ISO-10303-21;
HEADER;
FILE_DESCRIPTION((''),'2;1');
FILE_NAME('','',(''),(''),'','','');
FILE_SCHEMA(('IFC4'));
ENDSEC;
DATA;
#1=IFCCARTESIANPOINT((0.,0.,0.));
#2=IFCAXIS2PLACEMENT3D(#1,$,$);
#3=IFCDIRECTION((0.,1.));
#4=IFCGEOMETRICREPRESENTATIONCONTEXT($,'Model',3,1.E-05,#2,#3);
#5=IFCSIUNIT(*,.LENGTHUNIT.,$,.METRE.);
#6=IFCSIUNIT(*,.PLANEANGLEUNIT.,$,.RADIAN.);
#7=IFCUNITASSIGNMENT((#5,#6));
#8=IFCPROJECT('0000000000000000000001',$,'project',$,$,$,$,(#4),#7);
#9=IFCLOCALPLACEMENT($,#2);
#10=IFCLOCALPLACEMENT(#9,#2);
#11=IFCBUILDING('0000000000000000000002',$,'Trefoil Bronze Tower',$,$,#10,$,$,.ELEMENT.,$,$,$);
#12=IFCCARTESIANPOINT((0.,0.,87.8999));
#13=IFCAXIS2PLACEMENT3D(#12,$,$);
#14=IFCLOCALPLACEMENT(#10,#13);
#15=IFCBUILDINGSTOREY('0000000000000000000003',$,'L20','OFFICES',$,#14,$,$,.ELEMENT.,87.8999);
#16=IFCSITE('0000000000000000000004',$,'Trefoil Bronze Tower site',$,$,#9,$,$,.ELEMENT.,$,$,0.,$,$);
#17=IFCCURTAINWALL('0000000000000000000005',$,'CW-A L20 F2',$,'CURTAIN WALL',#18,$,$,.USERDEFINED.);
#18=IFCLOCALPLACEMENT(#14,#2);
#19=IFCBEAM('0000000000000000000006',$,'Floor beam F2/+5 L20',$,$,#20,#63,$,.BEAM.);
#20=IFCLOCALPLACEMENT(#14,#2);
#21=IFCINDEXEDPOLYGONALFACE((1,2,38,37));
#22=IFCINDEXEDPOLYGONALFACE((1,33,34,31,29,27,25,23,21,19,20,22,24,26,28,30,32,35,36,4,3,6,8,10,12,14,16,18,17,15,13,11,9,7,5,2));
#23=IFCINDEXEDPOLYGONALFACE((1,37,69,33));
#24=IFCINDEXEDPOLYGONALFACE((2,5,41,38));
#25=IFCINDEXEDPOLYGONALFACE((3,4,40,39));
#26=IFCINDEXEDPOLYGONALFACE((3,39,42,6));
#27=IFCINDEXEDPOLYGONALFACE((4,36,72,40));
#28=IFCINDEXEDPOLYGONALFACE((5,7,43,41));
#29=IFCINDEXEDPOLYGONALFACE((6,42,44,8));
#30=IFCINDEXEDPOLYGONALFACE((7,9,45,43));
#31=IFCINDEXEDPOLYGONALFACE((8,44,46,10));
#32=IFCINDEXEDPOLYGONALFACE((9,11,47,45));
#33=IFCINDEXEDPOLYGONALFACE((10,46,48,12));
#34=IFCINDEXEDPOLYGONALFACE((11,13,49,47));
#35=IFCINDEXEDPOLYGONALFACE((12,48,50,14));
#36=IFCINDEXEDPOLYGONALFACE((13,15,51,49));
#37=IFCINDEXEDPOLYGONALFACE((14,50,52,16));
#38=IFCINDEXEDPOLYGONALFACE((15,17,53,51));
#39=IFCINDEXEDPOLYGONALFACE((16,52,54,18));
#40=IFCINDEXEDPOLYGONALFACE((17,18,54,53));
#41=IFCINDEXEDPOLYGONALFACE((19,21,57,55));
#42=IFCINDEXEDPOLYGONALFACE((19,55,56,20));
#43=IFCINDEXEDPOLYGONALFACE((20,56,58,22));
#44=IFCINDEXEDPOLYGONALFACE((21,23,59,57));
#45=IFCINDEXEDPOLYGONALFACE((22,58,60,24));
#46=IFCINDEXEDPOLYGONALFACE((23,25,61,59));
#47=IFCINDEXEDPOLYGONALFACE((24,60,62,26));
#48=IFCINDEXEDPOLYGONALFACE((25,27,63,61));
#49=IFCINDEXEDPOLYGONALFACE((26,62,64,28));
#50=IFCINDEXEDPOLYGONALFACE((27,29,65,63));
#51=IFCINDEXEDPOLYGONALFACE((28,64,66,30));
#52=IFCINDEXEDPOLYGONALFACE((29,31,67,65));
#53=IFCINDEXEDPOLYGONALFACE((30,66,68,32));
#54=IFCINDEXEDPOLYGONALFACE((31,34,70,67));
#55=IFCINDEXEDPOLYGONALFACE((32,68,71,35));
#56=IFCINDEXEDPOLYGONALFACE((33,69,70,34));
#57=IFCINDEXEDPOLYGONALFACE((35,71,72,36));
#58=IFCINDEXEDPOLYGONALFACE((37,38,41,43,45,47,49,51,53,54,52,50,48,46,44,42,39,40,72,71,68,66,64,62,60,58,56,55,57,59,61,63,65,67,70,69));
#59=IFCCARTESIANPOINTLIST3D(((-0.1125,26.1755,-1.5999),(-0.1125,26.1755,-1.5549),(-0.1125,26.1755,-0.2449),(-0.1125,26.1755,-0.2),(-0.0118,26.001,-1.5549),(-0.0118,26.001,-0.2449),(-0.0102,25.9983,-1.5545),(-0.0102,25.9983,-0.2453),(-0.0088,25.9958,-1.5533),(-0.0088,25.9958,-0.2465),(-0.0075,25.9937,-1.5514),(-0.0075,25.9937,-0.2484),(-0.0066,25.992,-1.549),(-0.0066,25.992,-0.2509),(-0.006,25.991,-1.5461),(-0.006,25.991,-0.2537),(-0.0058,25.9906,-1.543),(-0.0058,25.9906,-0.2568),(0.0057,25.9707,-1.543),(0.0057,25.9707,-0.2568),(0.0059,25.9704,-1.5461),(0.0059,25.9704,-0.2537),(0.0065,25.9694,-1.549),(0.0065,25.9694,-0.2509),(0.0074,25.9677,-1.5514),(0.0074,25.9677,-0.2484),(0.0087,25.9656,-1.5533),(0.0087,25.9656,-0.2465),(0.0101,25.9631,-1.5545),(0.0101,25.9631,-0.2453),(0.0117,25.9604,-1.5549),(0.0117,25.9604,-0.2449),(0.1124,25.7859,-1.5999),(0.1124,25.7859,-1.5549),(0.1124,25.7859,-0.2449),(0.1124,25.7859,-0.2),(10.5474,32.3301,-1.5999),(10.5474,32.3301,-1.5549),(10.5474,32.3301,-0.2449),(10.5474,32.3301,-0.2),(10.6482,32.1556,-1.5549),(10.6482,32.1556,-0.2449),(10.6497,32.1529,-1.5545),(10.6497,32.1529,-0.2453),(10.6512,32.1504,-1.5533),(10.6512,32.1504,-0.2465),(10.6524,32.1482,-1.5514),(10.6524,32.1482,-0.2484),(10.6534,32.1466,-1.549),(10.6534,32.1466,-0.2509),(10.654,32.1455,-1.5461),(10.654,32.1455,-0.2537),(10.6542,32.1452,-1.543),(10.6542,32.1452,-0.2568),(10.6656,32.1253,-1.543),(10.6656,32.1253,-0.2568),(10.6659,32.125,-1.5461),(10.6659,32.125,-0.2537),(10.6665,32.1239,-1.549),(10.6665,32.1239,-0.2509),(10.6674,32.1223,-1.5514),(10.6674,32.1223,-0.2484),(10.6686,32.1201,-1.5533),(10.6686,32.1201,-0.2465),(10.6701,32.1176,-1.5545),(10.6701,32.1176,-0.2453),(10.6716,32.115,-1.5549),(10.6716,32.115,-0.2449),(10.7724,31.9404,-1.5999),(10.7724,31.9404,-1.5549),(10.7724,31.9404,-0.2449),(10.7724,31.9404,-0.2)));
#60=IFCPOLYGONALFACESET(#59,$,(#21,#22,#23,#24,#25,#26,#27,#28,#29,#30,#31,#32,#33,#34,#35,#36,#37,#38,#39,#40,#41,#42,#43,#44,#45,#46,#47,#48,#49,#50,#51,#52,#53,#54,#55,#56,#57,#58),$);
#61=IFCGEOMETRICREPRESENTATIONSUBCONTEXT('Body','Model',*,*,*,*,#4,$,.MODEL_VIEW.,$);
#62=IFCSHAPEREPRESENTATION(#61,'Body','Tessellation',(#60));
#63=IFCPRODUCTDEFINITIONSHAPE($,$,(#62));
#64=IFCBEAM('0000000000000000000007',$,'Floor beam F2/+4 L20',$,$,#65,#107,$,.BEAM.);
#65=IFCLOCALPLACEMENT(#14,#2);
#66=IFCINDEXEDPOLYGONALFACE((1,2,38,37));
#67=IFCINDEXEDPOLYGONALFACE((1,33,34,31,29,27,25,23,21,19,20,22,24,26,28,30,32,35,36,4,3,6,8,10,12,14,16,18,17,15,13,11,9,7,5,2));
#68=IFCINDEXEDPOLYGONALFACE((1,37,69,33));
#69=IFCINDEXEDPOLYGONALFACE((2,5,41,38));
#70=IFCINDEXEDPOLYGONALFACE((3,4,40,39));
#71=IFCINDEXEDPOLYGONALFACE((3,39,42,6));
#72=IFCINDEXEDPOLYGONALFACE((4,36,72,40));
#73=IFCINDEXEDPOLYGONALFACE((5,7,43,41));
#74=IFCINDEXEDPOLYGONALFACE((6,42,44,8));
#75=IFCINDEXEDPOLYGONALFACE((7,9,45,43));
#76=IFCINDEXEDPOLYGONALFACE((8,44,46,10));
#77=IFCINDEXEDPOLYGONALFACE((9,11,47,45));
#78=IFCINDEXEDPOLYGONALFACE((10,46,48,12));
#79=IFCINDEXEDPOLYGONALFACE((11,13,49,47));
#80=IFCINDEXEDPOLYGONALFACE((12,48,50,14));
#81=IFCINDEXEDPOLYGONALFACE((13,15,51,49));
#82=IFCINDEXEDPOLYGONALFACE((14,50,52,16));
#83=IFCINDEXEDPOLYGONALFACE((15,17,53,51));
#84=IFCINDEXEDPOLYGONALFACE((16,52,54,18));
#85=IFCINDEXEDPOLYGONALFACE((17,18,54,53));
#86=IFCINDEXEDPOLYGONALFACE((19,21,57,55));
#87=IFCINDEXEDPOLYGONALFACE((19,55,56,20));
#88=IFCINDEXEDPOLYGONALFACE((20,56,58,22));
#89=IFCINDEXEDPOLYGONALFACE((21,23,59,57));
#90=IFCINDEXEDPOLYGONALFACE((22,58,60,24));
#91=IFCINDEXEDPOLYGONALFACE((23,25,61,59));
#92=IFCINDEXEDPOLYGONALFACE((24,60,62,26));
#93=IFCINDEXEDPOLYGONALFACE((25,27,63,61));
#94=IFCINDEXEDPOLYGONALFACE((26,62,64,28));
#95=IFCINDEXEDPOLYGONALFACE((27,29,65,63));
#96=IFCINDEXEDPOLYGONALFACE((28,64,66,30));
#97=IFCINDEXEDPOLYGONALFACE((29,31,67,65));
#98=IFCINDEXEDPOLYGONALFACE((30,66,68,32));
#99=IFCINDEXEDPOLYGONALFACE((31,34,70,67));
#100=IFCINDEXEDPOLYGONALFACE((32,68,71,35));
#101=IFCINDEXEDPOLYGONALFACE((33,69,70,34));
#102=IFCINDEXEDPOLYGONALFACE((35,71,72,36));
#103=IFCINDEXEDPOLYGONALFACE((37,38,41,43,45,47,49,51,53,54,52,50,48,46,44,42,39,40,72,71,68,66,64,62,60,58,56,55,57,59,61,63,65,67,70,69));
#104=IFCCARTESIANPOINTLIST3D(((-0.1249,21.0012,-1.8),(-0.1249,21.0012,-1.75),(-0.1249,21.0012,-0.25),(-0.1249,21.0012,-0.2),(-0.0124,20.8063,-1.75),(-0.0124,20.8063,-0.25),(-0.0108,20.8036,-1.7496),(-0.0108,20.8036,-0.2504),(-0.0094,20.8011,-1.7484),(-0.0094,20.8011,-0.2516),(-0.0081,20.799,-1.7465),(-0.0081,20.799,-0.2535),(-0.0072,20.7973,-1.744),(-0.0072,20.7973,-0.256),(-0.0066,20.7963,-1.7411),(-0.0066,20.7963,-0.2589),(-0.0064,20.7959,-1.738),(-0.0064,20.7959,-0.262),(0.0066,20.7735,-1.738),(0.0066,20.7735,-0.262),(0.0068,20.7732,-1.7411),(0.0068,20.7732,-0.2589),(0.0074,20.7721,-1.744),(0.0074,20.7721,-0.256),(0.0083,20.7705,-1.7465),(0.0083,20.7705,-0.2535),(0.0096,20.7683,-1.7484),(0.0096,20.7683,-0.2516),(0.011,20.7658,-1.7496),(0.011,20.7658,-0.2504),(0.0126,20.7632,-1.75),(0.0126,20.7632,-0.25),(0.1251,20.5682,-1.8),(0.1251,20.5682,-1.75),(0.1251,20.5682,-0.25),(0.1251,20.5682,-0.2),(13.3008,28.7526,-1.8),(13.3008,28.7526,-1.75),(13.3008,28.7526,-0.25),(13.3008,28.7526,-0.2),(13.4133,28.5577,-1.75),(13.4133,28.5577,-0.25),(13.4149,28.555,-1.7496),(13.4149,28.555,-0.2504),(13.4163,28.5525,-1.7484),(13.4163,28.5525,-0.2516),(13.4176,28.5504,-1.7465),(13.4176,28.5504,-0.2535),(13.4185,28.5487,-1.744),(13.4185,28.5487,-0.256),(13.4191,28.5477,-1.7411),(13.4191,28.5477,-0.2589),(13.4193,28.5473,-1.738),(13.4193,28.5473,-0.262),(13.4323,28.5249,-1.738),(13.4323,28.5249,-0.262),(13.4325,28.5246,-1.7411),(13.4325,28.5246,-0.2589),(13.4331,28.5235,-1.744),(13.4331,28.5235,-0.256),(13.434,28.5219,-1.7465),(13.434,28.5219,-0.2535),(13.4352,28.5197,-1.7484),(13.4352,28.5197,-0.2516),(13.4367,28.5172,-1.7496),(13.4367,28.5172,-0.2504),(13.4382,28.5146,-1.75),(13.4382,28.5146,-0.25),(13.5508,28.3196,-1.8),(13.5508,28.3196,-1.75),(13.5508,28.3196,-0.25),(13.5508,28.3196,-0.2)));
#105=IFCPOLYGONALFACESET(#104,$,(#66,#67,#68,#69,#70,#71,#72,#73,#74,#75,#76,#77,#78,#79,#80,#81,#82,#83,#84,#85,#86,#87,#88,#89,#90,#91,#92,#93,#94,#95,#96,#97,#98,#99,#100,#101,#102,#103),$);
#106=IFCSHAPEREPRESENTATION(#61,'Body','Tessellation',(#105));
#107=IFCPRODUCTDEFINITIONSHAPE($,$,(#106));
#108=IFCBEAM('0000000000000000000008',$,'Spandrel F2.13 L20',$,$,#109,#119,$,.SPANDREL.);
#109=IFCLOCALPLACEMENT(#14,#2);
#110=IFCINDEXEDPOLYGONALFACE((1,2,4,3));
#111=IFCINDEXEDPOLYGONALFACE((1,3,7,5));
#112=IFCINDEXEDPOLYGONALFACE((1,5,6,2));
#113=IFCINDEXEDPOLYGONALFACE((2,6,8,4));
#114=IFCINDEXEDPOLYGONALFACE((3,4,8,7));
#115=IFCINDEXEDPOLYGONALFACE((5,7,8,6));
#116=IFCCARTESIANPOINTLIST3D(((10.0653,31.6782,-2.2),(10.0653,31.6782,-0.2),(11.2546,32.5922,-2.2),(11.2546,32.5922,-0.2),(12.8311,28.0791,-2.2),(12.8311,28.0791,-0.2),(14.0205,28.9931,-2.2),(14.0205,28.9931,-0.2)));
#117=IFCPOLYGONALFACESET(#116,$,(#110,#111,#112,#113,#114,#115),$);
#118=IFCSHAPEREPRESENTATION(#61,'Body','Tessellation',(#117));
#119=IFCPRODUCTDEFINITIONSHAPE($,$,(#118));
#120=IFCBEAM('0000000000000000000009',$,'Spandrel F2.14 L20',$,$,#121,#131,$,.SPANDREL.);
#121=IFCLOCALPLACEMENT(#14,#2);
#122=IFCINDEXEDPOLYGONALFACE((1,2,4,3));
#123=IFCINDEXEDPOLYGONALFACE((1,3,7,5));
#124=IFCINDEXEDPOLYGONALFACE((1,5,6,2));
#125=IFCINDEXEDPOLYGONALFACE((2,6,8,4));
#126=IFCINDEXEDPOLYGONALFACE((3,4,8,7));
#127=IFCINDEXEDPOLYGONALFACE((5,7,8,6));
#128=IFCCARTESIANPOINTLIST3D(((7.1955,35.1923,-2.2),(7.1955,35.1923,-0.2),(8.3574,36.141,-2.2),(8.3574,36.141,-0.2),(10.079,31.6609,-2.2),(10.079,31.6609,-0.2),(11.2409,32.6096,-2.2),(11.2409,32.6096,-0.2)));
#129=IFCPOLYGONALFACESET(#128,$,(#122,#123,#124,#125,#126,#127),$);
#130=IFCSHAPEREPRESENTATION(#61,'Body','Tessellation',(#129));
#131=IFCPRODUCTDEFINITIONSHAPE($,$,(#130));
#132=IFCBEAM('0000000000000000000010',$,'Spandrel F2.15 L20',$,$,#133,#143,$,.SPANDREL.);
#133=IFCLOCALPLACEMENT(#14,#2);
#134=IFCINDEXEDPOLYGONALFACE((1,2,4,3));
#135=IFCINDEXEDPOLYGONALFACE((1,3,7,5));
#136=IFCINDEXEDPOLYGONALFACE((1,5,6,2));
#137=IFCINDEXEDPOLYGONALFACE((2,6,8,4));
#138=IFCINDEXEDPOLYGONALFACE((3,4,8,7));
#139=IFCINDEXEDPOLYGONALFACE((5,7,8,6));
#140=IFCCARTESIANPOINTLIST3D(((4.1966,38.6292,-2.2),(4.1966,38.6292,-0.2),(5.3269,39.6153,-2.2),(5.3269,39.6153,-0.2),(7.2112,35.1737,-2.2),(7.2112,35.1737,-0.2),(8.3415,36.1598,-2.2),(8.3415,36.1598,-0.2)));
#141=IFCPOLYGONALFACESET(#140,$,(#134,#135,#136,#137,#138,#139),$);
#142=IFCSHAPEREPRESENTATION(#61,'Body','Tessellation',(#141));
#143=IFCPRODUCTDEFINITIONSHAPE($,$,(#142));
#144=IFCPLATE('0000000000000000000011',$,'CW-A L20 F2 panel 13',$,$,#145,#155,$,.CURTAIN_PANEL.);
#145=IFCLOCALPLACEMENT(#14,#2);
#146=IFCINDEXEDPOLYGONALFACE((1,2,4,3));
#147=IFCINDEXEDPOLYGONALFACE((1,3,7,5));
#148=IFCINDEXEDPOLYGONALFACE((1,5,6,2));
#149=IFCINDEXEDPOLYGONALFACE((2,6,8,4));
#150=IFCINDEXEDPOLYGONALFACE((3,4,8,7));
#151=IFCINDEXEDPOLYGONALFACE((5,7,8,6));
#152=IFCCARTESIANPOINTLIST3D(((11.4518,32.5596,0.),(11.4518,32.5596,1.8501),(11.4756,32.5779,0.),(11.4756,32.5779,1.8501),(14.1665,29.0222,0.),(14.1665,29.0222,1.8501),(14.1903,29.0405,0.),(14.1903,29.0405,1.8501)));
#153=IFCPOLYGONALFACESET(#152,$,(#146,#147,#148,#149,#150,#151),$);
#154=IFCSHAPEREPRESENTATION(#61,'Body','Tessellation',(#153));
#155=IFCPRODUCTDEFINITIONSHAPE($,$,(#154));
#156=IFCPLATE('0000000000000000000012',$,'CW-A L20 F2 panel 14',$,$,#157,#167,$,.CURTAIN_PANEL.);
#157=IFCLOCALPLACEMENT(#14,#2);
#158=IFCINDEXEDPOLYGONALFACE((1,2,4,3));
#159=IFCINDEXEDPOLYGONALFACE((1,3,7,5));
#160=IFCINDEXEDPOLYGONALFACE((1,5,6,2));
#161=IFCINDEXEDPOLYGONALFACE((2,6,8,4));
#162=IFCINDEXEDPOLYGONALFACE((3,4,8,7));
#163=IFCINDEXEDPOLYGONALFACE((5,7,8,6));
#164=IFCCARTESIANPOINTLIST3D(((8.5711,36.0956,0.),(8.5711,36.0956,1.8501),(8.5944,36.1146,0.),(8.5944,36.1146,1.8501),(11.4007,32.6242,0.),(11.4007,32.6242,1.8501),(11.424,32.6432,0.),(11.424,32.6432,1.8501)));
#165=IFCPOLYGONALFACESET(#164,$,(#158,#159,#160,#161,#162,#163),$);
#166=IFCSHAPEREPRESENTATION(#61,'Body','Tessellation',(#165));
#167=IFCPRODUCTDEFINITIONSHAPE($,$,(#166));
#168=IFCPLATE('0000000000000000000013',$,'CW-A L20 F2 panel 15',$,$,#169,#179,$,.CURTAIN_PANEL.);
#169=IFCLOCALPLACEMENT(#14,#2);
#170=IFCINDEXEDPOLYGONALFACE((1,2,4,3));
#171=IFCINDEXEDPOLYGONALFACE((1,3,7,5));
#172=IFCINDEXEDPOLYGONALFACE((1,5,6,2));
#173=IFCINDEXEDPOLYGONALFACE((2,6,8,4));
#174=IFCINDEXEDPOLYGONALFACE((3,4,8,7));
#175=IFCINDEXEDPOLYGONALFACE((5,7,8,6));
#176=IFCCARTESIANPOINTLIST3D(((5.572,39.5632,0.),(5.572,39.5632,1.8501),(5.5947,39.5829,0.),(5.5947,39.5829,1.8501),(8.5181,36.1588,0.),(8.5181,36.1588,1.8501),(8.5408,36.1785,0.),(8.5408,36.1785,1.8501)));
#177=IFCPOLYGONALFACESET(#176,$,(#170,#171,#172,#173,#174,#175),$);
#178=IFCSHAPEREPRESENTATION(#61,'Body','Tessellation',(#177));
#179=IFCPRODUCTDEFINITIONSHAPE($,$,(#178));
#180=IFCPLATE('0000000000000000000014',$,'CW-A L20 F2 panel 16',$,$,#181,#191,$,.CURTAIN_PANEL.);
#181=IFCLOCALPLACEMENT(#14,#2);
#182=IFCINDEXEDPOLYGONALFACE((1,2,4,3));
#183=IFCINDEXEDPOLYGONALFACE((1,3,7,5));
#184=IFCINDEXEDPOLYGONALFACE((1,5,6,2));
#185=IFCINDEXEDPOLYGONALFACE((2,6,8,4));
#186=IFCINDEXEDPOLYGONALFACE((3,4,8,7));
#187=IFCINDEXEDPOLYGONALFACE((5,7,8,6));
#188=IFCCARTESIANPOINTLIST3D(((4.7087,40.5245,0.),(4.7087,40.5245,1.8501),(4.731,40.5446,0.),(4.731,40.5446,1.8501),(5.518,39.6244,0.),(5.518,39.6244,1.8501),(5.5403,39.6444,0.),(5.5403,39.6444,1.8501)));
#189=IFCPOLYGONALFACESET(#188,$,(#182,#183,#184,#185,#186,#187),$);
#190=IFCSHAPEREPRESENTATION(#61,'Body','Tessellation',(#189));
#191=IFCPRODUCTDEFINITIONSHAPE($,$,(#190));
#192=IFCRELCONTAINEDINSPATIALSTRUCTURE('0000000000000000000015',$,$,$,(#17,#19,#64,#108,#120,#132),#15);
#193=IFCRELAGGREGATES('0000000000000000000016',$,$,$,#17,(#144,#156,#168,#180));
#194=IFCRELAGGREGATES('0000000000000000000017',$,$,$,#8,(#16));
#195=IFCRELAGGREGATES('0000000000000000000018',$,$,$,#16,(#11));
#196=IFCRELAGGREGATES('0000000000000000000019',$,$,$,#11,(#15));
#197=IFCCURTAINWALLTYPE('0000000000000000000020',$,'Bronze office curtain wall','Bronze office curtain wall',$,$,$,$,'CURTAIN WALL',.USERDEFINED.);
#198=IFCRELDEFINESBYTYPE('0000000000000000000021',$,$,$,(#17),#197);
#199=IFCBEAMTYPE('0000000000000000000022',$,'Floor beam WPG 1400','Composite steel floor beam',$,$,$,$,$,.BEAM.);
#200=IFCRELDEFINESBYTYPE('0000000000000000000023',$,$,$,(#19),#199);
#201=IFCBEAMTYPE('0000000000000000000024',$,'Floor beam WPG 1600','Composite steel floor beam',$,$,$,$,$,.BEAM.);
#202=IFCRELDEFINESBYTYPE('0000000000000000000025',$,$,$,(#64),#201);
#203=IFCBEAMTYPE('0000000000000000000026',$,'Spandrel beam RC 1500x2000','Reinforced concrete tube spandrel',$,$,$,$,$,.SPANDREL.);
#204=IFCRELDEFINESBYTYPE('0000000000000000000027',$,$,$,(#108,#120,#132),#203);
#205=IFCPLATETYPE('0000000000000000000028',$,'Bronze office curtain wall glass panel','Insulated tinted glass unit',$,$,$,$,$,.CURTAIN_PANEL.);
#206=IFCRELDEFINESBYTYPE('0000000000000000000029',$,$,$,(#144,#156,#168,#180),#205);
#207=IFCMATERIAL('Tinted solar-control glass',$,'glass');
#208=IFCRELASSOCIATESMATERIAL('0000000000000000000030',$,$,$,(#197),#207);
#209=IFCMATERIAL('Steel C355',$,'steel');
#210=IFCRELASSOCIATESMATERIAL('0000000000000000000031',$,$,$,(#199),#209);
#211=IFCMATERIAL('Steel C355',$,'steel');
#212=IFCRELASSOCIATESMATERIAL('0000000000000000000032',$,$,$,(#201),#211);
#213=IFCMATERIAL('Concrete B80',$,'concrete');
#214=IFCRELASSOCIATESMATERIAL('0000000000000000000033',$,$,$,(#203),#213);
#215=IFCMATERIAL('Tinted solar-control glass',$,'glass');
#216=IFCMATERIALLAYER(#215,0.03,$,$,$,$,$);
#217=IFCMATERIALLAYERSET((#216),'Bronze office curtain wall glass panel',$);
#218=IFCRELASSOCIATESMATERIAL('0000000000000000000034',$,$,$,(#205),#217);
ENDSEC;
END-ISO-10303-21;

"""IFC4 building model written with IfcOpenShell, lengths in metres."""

from ifc_helpers import new_model, si_unit, direction, frame, origin, origin_2d, place, context, subcontext, project, spatial, rectangle, i_section, extrude, material, layer, layer_set, material_profile, profile_set, type_object, element, aggregate, save


model = new_model("IFC4")

# Units and contexts
model_context = context("Model", 3, precision=1e-05, world=origin(), true_north=direction((0.0, 1.0)))
body_context = subcontext(model_context, "Body", "Model", "MODEL_VIEW")
ifc_project = project(units=[si_unit("LENGTHUNIT", "METRE"), si_unit("PLANEANGLEUNIT", "RADIAN")], contexts=[model_context])

# Site, building, storey
site_placement = place(None, origin())
site = spatial("IfcSite", under=ifc_project, at=site_placement, Name="Trefoil Bronze Tower site", CompositionType="ELEMENT", RefElevation=0.0)
building_placement = place(site_placement, origin())
building = spatial("IfcBuilding", under=site, at=building_placement, Name="Trefoil Bronze Tower", CompositionType="ELEMENT")
storey_placement = place(building_placement, frame((0.0, 0.0, 87.8999)))
storey = spatial("IfcBuildingStorey", under=building, at=storey_placement, Name="L20", Description="OFFICES", CompositionType="ELEMENT", Elevation=87.8999)

# Curtain wall
ifc_material_1 = material(Name="Tinted solar-control glass", Category="glass")
curtain_wall_type_1 = type_object("IfcCurtainWallType", Name="Bronze office curtain wall", Description="Bronze office curtain wall", ElementType="CURTAIN WALL", PredefinedType="USERDEFINED", material=ifc_material_1)
curtain_wall_1_placement = place(storey_placement, origin())
curtain_wall_1 = element("IfcCurtainWall", 1, at=curtain_wall_1_placement, inside=storey, type_object=curtain_wall_type_1, Name="CW-A L20 F2", ObjectType="CURTAIN WALL", PredefinedType="USERDEFINED")

# Beams
ifc_material_2 = material(Name="Steel C355", Category="steel")
ifc_material_profile_1 = material_profile(ifc_material_2, i_section(OverallWidth=0.45, OverallDepth=1.3999, WebThickness=0.0229, FlangeThickness=0.0449, FilletRadius=0.012, at=origin_2d()), Name="WPG 1400")
ifc_profile_set_1 = profile_set([ifc_material_profile_1], Name="Steel C355")
beam_type_1 = type_object("IfcBeamType", Name="Floor beam WPG 1400", Description="Composite steel floor beam", PredefinedType="BEAM", material=ifc_profile_set_1)
beam_1_placement = place(storey_placement, frame((10.6599, 32.1353, -0.8999), z_axis=(-0.866024, -0.500002, 0.0), x_axis=(0.500002, -0.866024, 0.0)))
element("IfcBeam", 2, at=beam_1_placement, inside=storey, type_object=beam_type_1, Name="Floor beam F2/+5 L20", PredefinedType="BEAM", context=body_context, shape_type="SweptSolid", body=[
    extrude(i_section(OverallWidth=0.45, OverallDepth=1.3999, WebThickness=0.0229, FlangeThickness=0.0449, FilletRadius=0.012, at=origin_2d()), origin(), (0.0, 0.0, 1.0), 12.3091),
])
ifc_material_3 = material(Name="Steel C355", Category="steel")
ifc_material_profile_2 = material_profile(ifc_material_3, i_section(OverallWidth=0.5, OverallDepth=1.6001, WebThickness=0.0259, FlangeThickness=0.05, FilletRadius=0.012, at=origin_2d()), Name="WPG 1600")
ifc_profile_set_2 = profile_set([ifc_material_profile_2], Name="Steel C355")
beam_type_2 = type_object("IfcBeamType", Name="Floor beam WPG 1600", Description="Composite steel floor beam", PredefinedType="BEAM", material=ifc_profile_set_2)
beam_2_placement = place(storey_placement, frame((13.4258, 28.5361, -1.0), z_axis=(-0.866023, -0.500004, 0.0), x_axis=(0.500004, -0.866023, 0.0)))
element("IfcBeam", 3, at=beam_2_placement, inside=storey, type_object=beam_type_2, Name="Floor beam F2/+4 L20", PredefinedType="BEAM", context=body_context, shape_type="SweptSolid", body=[
    extrude(i_section(OverallWidth=0.5, OverallDepth=1.6001, WebThickness=0.0259, FlangeThickness=0.05, FilletRadius=0.012, at=origin_2d()), origin(), (0.0, 0.0, 1.0), 15.5027),
])
ifc_material_4 = material(Name="Concrete B80", Category="concrete")
ifc_material_profile_3 = material_profile(ifc_material_4, rectangle(XDim=1.5, YDim=2.0, at=origin_2d()), Name="RC 1500x2000")
ifc_profile_set_3 = profile_set([ifc_material_profile_3], Name="Concrete B80")
beam_type_3 = type_object("IfcBeamType", Name="Spandrel beam RC 1500x2000", Description="Reinforced concrete tube spandrel", PredefinedType="SPANDREL", material=ifc_profile_set_3)
beam_3_placement = place(storey_placement, frame((13.4258, 28.5361, -1.2), z_axis=(-0.609339, 0.79291, 0.0), x_axis=(-0.79291, -0.609339, 0.0)))
element("IfcBeam", 4, at=beam_3_placement, inside=storey, type_object=beam_type_3, Name="Spandrel F2.13 L20", PredefinedType="SPANDREL", context=body_context, shape_type="SweptSolid", body=[
    extrude(rectangle(XDim=1.5, YDim=2.0, at=origin_2d()), origin(), (0.0, 0.0, 1.0), 4.5391),
])
beam_4_placement = place(storey_placement, frame((10.6599, 32.1353, -1.2), z_axis=(-0.632468, 0.774587, 0.0), x_axis=(-0.774587, -0.632468, 0.0)))
element("IfcBeam", 5, at=beam_4_placement, inside=storey, type_object=beam_type_3, Name="Spandrel F2.14 L20", PredefinedType="SPANDREL", context=body_context, shape_type="SweptSolid", body=[
    extrude(rectangle(XDim=1.5, YDim=2.0, at=origin_2d()), origin(), (0.0, 0.0, 1.0), 4.5591),
])
beam_5_placement = place(storey_placement, frame((7.7764, 35.6667, -1.2), z_axis=(-0.657396, 0.753545, 0.0), x_axis=(-0.753545, -0.657396, 0.0)))
element("IfcBeam", 6, at=beam_5_placement, inside=storey, type_object=beam_type_3, Name="Spandrel F2.15 L20", PredefinedType="SPANDREL", context=body_context, shape_type="SweptSolid", body=[
    extrude(rectangle(XDim=1.5, YDim=2.0, at=origin_2d()), origin(), (0.0, 0.0, 1.0), 4.5857),
])

# Plates
ifc_material_5 = material(Name="Tinted solar-control glass", Category="glass")
ifc_layer_1 = layer(ifc_material_5, 0.03)
ifc_layer_set_1 = layer_set([ifc_layer_1], Name="Bronze office curtain wall glass panel")
plate_type_1 = type_object("IfcPlateType", Name="Bronze office curtain wall glass panel", Description="Insulated tinted glass unit", PredefinedType="CURTAIN_PANEL", material=ifc_layer_set_1)
plate_1_placement = place(storey_placement, frame((12.821, 30.8, 0.0), z_axis=(0.0, 0.0, 1.0), x_axis=(-0.608808, 0.793318, 0.0)))
plate_1 = element("IfcPlate", 7, at=plate_1_placement, type_object=plate_type_1, Name="CW-A L20 F2 panel 13", PredefinedType="CURTAIN_PANEL", context=body_context, shape_type="SweptSolid", body=[
    extrude(rectangle(XDim=4.459, YDim=0.03, at=origin_2d()), origin(), (0.0, 0.0, 1.0), 1.8501),
])
plate_2_placement = place(storey_placement, frame((9.9976, 34.3694, 0.0), z_axis=(0.0, 0.0, 1.0), x_axis=(-0.631811, 0.775123, 0.0)))
plate_2 = element("IfcPlate", 8, at=plate_2_placement, type_object=plate_type_1, Name="CW-A L20 F2 panel 14", PredefinedType="CURTAIN_PANEL", context=body_context, shape_type="SweptSolid", body=[
    extrude(rectangle(XDim=4.4785, YDim=0.03, at=origin_2d()), origin(), (0.0, 0.0, 1.0), 1.8501),
])
plate_3_placement = place(storey_placement, frame((7.0564, 37.8708, 0.0), z_axis=(0.0, 0.0, 1.0), x_axis=(-0.654376, 0.756169, 0.0)))
plate_3 = element("IfcPlate", 9, at=plate_3_placement, type_object=plate_type_1, Name="CW-A L20 F2 panel 15", PredefinedType="CURTAIN_PANEL", context=body_context, shape_type="SweptSolid", body=[
    extrude(rectangle(XDim=4.5022, YDim=0.03, at=origin_2d()), origin(), (0.0, 0.0, 1.0), 1.8501),
])
plate_4_placement = place(storey_placement, frame((5.1245, 40.0845, 0.0), z_axis=(0.0, 0.0, 1.0), x_axis=(-0.668575, 0.743645, 0.0)))
plate_4 = element("IfcPlate", 10, at=plate_4_placement, type_object=plate_type_1, Name="CW-A L20 F2 panel 16", PredefinedType="CURTAIN_PANEL", context=body_context, shape_type="SweptSolid", body=[
    extrude(rectangle(XDim=1.2104, YDim=0.03, at=origin_2d()), origin(), (0.0, 0.0, 1.0), 1.8501),
])
aggregate(curtain_wall_1, [plate_1, plate_2, plate_3, plate_4])

save(model, "model.ifc")
